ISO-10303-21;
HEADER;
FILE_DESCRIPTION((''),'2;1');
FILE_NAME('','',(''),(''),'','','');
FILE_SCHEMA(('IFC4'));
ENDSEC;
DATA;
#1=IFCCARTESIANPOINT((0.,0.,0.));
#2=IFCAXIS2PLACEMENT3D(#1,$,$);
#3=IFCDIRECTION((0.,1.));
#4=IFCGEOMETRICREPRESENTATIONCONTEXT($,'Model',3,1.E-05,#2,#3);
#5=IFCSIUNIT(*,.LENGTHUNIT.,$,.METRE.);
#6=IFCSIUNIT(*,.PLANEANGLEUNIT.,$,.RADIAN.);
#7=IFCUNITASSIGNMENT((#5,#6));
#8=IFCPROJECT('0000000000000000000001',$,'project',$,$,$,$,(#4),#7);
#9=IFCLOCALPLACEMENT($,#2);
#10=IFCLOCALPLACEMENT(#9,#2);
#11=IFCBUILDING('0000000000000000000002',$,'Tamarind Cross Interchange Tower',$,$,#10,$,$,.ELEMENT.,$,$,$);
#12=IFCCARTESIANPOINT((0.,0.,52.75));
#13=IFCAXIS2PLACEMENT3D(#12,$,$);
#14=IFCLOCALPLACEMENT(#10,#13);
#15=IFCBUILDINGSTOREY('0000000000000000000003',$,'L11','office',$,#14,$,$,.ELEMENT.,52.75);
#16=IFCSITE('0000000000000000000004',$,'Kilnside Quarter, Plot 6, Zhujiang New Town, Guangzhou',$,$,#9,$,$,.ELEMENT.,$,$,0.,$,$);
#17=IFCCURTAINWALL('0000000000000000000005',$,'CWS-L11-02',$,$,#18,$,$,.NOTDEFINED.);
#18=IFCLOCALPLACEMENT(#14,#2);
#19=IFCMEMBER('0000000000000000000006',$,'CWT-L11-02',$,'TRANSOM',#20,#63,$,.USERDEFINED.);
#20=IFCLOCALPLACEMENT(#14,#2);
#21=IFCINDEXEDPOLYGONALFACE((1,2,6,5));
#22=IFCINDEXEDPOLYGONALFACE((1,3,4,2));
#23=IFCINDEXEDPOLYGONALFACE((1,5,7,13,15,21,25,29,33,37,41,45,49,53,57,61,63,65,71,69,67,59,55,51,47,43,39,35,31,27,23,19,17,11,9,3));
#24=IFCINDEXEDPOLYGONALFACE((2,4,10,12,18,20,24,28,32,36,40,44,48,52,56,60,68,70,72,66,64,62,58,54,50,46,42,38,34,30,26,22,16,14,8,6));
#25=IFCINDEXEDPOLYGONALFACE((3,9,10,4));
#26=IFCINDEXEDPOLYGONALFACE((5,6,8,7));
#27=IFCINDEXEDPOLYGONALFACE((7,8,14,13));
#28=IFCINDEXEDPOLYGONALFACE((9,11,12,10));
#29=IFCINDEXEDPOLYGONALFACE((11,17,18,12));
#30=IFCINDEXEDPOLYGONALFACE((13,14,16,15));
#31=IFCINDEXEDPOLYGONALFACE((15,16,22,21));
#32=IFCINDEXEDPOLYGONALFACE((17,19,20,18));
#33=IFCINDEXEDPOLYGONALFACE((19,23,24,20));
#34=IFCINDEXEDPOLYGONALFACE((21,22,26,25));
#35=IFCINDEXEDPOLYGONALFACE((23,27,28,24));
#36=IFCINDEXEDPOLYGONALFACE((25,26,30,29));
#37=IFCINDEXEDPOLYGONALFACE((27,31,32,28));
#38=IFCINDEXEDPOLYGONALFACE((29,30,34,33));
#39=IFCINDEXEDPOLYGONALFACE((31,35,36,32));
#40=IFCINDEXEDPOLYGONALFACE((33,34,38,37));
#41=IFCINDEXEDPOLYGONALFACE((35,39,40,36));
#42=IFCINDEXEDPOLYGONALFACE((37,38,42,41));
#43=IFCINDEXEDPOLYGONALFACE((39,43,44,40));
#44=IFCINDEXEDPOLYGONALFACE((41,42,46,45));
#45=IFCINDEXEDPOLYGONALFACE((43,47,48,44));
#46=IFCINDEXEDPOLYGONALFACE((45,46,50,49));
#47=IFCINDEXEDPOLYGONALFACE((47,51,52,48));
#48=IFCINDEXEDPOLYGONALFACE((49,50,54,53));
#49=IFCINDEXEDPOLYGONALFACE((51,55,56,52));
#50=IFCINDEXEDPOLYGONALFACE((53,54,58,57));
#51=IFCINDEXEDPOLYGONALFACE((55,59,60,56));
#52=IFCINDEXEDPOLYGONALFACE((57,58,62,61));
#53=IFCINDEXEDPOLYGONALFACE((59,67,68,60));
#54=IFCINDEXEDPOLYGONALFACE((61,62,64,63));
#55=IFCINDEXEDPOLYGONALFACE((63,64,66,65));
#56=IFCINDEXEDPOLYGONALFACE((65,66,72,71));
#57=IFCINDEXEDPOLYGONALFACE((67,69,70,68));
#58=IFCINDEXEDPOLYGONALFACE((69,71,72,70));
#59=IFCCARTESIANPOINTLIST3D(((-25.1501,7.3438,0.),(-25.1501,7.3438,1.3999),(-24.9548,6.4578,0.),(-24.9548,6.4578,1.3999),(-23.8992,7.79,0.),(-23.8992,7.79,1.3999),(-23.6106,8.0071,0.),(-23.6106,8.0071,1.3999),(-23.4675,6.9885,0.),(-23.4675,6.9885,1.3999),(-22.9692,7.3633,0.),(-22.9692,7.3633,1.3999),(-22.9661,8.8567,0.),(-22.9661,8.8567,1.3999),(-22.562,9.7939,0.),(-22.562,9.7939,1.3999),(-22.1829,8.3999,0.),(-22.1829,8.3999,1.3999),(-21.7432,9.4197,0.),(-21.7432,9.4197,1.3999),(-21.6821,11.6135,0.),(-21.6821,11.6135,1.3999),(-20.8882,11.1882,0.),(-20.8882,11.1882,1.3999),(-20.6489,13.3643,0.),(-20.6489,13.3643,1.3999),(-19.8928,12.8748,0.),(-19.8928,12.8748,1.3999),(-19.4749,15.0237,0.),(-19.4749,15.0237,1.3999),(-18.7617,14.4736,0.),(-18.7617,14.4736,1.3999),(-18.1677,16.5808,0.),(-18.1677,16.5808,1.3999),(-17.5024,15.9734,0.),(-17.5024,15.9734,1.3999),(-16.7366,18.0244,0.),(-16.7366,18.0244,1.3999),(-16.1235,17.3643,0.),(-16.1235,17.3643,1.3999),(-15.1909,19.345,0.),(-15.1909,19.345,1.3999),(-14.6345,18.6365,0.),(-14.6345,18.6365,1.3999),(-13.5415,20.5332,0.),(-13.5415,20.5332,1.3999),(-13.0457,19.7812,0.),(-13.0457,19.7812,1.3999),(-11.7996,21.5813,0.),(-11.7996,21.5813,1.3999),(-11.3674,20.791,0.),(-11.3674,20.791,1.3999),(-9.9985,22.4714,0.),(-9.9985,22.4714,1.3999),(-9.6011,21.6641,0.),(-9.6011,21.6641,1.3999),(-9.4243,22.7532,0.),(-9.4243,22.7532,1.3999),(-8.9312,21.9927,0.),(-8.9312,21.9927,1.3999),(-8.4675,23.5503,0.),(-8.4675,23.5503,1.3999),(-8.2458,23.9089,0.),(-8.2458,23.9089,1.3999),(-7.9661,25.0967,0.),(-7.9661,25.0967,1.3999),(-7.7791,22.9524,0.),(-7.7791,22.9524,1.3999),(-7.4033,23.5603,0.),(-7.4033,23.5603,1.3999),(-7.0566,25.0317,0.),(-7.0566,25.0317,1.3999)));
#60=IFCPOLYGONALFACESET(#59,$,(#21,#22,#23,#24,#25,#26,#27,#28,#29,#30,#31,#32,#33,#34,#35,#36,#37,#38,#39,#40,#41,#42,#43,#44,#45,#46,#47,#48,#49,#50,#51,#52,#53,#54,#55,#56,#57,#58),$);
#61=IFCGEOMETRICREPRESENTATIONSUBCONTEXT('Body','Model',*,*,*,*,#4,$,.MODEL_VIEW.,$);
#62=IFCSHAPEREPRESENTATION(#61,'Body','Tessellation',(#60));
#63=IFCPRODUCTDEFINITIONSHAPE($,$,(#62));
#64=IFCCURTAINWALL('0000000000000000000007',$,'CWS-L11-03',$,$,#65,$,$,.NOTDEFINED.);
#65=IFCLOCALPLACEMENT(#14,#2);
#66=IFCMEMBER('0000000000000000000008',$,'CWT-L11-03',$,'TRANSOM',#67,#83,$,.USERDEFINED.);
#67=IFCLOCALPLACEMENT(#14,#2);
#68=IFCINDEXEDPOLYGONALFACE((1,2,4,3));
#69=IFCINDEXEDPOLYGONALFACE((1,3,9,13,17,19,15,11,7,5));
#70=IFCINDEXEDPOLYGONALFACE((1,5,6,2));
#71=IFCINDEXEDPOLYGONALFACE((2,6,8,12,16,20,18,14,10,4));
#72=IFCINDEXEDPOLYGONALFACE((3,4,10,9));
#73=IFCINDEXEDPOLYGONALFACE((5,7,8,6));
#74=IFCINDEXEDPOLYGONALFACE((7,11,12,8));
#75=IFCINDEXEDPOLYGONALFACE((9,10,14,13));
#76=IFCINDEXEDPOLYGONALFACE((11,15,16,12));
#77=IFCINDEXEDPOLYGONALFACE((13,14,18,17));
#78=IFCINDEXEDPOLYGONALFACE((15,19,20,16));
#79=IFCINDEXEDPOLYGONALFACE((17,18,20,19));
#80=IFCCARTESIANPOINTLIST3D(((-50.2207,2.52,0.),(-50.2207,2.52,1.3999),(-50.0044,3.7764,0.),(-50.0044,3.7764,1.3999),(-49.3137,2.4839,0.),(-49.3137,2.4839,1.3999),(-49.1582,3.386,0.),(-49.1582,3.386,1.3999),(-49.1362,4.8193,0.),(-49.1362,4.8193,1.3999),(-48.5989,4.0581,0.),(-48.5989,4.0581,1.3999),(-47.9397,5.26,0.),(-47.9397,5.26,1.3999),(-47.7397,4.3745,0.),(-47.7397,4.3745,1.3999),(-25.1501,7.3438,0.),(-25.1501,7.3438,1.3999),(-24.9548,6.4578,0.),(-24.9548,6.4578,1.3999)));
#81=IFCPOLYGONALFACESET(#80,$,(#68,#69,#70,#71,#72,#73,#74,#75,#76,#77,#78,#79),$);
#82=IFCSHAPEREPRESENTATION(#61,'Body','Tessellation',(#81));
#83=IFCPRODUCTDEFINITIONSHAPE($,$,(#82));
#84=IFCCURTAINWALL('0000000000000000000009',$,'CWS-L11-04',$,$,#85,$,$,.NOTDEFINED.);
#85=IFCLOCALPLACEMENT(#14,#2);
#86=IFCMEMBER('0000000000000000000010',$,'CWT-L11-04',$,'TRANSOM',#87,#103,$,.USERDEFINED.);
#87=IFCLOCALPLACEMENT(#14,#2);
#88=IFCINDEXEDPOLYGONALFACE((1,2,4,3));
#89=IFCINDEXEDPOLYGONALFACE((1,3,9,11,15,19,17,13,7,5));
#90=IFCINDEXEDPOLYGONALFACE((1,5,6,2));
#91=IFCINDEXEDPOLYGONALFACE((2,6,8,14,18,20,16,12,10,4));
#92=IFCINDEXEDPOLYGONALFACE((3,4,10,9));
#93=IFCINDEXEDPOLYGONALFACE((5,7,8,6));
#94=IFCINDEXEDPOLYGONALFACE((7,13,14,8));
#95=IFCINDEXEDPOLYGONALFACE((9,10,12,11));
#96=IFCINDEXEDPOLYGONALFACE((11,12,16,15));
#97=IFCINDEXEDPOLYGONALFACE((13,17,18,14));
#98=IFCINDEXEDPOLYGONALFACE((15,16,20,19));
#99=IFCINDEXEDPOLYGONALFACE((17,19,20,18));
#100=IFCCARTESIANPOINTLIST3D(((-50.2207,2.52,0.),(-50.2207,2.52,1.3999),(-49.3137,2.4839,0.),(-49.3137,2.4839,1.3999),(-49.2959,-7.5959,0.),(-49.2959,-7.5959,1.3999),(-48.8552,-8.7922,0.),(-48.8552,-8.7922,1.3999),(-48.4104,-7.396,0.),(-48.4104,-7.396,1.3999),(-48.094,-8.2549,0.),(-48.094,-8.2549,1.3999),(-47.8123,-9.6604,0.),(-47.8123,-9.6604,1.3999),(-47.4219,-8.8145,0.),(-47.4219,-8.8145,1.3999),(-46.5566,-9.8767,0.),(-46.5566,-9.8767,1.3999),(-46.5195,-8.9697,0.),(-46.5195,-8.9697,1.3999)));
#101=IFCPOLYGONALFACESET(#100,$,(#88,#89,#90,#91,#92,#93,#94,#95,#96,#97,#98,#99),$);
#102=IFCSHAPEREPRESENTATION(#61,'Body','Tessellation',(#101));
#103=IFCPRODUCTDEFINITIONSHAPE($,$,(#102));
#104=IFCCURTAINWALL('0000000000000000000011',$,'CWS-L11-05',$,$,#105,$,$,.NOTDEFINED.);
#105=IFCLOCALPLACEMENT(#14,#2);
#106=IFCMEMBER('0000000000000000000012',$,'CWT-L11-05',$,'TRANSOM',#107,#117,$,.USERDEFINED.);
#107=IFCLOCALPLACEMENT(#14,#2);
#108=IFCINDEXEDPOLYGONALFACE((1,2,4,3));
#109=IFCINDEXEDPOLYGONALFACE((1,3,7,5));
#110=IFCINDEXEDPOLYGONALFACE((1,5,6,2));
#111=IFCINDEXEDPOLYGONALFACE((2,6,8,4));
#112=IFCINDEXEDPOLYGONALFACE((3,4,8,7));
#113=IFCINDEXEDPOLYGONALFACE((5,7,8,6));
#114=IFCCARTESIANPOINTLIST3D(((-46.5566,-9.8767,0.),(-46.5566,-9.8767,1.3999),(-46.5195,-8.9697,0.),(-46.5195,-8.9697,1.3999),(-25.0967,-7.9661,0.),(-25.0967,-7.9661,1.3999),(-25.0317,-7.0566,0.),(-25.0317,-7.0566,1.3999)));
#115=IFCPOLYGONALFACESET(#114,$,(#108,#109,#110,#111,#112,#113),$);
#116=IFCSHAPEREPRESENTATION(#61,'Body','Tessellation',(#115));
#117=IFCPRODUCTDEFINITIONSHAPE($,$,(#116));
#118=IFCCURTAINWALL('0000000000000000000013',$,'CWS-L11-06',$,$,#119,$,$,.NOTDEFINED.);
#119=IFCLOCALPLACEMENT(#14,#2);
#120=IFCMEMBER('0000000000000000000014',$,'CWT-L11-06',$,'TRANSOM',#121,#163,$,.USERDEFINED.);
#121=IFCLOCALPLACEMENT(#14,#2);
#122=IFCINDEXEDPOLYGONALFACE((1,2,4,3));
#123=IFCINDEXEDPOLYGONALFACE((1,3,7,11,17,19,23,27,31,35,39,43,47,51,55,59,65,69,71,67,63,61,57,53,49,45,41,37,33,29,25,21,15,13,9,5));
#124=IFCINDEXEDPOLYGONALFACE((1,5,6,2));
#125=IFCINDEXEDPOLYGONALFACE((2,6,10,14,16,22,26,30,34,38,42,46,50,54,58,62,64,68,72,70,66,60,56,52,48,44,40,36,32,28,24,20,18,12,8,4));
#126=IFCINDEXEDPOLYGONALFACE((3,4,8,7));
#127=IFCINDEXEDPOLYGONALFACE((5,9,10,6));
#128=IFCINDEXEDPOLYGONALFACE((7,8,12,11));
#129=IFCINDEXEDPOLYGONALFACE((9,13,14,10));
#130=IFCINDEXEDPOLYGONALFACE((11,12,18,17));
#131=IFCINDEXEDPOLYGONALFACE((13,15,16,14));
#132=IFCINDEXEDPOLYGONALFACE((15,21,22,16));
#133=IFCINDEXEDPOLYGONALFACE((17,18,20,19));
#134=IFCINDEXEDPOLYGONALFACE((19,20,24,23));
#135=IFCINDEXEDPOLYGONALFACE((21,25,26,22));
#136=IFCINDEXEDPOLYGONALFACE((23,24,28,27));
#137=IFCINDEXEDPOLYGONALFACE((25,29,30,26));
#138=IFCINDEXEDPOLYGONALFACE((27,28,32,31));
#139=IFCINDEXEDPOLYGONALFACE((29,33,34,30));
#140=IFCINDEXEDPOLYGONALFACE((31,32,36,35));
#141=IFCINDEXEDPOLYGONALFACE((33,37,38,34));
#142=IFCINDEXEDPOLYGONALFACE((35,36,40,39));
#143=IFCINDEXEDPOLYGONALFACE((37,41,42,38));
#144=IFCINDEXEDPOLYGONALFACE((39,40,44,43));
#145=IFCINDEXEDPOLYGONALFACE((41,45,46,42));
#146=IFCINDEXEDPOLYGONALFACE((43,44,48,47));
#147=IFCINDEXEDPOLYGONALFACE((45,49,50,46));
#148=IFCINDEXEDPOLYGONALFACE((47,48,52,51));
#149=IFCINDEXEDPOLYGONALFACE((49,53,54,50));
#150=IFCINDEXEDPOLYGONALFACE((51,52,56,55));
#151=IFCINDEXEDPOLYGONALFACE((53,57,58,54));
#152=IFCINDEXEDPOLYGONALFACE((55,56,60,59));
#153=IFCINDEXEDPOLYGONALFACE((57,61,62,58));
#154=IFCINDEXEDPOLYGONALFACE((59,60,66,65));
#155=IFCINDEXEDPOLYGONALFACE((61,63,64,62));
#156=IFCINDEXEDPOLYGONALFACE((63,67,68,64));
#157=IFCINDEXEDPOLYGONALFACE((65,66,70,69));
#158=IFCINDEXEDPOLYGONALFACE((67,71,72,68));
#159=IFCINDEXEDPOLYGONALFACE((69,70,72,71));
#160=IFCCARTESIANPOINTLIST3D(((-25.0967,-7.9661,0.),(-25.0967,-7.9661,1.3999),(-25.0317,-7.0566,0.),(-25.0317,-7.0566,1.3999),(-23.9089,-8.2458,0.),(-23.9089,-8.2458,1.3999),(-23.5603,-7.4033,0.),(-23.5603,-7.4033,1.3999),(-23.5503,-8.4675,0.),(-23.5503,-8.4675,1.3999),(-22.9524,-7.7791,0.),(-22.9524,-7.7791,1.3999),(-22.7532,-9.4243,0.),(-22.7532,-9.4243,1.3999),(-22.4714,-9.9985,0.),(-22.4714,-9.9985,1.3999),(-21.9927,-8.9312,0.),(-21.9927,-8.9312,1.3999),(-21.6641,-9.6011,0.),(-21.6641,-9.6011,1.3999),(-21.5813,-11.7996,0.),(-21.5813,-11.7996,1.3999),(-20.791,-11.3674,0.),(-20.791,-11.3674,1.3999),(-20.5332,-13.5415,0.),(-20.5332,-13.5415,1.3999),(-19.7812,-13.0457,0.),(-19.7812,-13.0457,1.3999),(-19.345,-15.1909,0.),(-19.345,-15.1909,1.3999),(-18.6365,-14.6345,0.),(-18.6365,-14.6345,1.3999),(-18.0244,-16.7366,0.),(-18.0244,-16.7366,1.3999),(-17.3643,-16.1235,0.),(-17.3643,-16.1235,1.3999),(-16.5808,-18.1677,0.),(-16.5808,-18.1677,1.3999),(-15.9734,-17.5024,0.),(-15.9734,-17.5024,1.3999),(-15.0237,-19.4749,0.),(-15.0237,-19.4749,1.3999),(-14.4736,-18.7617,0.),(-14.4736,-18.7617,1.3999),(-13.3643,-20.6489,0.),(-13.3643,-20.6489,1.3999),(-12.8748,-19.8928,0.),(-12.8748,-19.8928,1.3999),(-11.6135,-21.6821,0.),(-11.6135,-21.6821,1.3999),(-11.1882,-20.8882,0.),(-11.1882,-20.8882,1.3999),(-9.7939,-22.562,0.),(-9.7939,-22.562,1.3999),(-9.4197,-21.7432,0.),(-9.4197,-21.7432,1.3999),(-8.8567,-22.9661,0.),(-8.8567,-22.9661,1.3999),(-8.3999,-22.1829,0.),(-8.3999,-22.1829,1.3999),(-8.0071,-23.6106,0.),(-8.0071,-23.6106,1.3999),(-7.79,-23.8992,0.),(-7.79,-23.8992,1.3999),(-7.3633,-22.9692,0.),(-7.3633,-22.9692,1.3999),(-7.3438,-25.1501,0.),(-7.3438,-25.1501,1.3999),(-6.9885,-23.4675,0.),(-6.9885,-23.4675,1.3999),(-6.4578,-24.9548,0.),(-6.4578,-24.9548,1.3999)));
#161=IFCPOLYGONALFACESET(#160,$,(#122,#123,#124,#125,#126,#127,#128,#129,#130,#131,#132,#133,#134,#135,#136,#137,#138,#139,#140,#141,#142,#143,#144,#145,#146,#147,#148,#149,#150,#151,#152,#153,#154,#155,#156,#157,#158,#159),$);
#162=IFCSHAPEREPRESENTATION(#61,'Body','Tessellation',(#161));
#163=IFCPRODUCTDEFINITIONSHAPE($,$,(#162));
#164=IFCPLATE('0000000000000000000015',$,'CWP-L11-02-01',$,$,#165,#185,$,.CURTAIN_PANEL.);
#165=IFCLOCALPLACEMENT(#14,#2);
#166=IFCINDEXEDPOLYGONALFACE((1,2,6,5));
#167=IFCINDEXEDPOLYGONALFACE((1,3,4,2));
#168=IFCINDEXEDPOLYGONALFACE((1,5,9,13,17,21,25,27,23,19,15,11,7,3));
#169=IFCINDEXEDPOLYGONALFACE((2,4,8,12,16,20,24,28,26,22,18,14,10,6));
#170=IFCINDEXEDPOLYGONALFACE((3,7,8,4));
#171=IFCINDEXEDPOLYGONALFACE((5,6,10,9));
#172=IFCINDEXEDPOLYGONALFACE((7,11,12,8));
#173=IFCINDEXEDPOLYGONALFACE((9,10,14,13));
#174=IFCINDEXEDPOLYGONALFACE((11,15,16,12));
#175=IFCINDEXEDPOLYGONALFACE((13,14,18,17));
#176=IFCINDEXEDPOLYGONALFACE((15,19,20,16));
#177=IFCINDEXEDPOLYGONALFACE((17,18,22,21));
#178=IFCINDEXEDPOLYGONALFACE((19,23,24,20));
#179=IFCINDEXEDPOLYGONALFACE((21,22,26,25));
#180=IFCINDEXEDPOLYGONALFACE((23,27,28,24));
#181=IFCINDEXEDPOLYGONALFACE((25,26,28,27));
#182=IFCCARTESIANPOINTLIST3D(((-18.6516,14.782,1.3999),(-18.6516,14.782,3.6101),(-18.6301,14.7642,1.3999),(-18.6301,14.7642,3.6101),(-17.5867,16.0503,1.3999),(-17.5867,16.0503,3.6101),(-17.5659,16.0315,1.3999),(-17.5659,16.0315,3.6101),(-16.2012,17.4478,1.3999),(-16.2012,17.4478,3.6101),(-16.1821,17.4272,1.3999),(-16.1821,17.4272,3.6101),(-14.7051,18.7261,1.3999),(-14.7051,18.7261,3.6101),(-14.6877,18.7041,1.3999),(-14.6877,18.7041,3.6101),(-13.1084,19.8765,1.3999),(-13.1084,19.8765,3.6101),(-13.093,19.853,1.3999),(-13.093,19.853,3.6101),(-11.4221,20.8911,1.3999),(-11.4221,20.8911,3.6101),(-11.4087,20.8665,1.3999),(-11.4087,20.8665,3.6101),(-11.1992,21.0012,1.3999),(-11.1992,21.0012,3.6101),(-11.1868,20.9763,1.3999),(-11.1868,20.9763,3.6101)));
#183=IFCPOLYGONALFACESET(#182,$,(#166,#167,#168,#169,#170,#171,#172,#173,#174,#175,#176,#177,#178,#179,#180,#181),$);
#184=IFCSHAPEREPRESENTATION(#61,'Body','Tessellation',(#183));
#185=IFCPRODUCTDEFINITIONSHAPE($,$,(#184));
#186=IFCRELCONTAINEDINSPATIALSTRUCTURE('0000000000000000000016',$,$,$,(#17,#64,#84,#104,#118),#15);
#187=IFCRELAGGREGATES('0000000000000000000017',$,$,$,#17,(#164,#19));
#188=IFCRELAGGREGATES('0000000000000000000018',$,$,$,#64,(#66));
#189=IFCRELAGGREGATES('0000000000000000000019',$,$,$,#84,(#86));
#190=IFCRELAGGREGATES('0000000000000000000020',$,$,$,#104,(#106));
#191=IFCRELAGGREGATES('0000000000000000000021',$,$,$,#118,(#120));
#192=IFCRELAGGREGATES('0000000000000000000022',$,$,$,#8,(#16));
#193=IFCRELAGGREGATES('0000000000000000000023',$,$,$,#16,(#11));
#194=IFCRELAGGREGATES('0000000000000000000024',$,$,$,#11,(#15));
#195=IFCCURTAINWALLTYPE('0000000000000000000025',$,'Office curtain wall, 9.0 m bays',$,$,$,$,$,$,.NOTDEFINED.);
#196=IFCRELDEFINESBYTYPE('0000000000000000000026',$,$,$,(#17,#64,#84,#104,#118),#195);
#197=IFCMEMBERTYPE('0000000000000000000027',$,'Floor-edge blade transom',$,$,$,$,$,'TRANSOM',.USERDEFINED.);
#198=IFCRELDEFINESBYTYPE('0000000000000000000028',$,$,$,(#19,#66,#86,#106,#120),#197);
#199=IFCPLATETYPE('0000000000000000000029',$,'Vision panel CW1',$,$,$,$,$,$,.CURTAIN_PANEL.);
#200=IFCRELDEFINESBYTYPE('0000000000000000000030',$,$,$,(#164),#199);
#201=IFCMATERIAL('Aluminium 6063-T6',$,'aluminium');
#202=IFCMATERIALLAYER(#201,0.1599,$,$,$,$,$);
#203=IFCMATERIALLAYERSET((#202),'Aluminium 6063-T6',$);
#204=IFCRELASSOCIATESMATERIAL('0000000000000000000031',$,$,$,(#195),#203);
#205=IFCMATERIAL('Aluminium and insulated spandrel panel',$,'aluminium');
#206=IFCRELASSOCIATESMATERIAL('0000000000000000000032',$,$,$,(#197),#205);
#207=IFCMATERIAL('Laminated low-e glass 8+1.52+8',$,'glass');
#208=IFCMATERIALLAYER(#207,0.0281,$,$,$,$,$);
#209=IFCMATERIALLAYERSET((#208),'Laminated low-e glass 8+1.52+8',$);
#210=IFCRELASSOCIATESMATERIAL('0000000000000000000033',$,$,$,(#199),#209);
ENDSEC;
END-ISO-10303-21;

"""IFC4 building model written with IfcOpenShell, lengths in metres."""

from ifc_helpers import new_model, si_unit, direction, frame, origin, place, context, subcontext, project, spatial, polyline, outline, extrude, material, layer, layer_set, type_object, element, aggregate, save


model = new_model("IFC4")

# Units and contexts
model_context = context("Model", 3, precision=1e-05, world=origin(), true_north=direction((0.0, 1.0)))
body_context = subcontext(model_context, "Body", "Model", "MODEL_VIEW")
ifc_project = project(units=[si_unit("LENGTHUNIT", "METRE"), si_unit("PLANEANGLEUNIT", "RADIAN")], contexts=[model_context])

# Site, building, storey
site_placement = place(None, origin())
site = spatial("IfcSite", under=ifc_project, at=site_placement, Name="Kilnside Quarter, Plot 6, Zhujiang New Town, Guangzhou", CompositionType="ELEMENT", RefElevation=0.0)
building_placement = place(site_placement, origin())
building = spatial("IfcBuilding", under=site, at=building_placement, Name="Tamarind Cross Interchange Tower", CompositionType="ELEMENT")
storey_placement = place(building_placement, frame((0.0, 0.0, 52.75)))
storey = spatial("IfcBuildingStorey", under=building, at=storey_placement, Name="L11", Description="office", CompositionType="ELEMENT", Elevation=52.75)

# Curtain walls, members
ifc_material_1 = material(Name="Aluminium 6063-T6", Category="aluminium")
ifc_layer_1 = layer(ifc_material_1, 0.1599)
ifc_layer_set_1 = layer_set([ifc_layer_1], Name="Aluminium 6063-T6")
curtain_wall_type = type_object("IfcCurtainWallType", Name="Office curtain wall, 9.0 m bays", PredefinedType="NOTDEFINED", material=ifc_layer_set_1)
curtain_wall_1_placement = place(storey_placement, origin())
curtain_wall_1 = element("IfcCurtainWall", 1, at=curtain_wall_1_placement, inside=storey, type_object=curtain_wall_type, Name="CWS-L11-02", PredefinedType="NOTDEFINED")
ifc_material_2 = material(Name="Aluminium and insulated spandrel panel", Category="aluminium")
member_type = type_object("IfcMemberType", Name="Floor-edge blade transom", ElementType="TRANSOM", PredefinedType="USERDEFINED", material=ifc_material_2)
member_1_placement = place(storey_placement, origin())
member_1 = element("IfcMember", 2, at=member_1_placement, type_object=member_type, Name="CWT-L11-02", ObjectType="TRANSOM", PredefinedType="USERDEFINED", context=body_context, shape_type="SweptSolid", body=[
    extrude(outline(polyline([(-7.0566, 25.0317), (-7.4033, 23.5603), (-7.7791, 22.9524), (-8.9312, 21.9927), (-9.6011, 21.6641), (-11.3674, 20.791), (-13.0457, 19.7812), (-14.6345, 18.6365), (-16.1235, 17.3643), (-17.5024, 15.9734), (-18.7617, 14.4736), (-19.8928, 12.8748), (-20.8882, 11.1882), (-21.7432, 9.4197), (-22.1829, 8.3999), (-22.9692, 7.3633), (-23.4675, 6.9885), (-24.9548, 6.4578), (-25.1501, 7.3438), (-23.8992, 7.79), (-23.6106, 8.0071), (-22.9661, 8.8567), (-22.562, 9.7939), (-21.6821, 11.6135), (-20.6489, 13.3643), (-19.4749, 15.0237), (-18.1677, 16.5808), (-16.7366, 18.0244), (-15.1909, 19.345), (-13.5415, 20.5332), (-11.7996, 21.5813), (-9.9985, 22.4714), (-9.4243, 22.7532), (-8.4675, 23.5503), (-8.2458, 23.9089), (-7.9661, 25.0967), (-7.0566, 25.0317)])), origin(), (0.0, 0.0, 1.0), 1.3999),
])
curtain_wall_2_placement = place(storey_placement, origin())
curtain_wall_2 = element("IfcCurtainWall", 3, at=curtain_wall_2_placement, inside=storey, type_object=curtain_wall_type, Name="CWS-L11-03", PredefinedType="NOTDEFINED")
member_2_placement = place(storey_placement, origin())
member_2 = element("IfcMember", 4, at=member_2_placement, type_object=member_type, Name="CWT-L11-03", ObjectType="TRANSOM", PredefinedType="USERDEFINED", context=body_context, shape_type="SweptSolid", body=[
    extrude(outline(polyline([(-24.9548, 6.4578), (-47.7397, 4.3745), (-48.5989, 4.0581), (-49.1582, 3.386), (-49.3137, 2.4839), (-50.2207, 2.52), (-50.0044, 3.7764), (-49.1362, 4.8193), (-47.9397, 5.26), (-25.1501, 7.3438), (-24.9548, 6.4578)])), origin(), (0.0, 0.0, 1.0), 1.3999),
])
curtain_wall_3_placement = place(storey_placement, origin())
curtain_wall_3 = element("IfcCurtainWall", 5, at=curtain_wall_3_placement, inside=storey, type_object=curtain_wall_type, Name="CWS-L11-04", PredefinedType="NOTDEFINED")
member_3_placement = place(storey_placement, origin())
member_3 = element("IfcMember", 6, at=member_3_placement, type_object=member_type, Name="CWT-L11-04", ObjectType="TRANSOM", PredefinedType="USERDEFINED", context=body_context, shape_type="SweptSolid", body=[
    extrude(outline(polyline([(-49.3137, 2.4839), (-48.4104, -7.396), (-48.094, -8.2549), (-47.4219, -8.8145), (-46.5195, -8.9697), (-46.5566, -9.8767), (-47.8123, -9.6604), (-48.8552, -8.7922), (-49.2959, -7.5959), (-50.2207, 2.52), (-49.3137, 2.4839)])), origin(), (0.0, 0.0, 1.0), 1.3999),
])
curtain_wall_4_placement = place(storey_placement, origin())
curtain_wall_4 = element("IfcCurtainWall", 7, at=curtain_wall_4_placement, inside=storey, type_object=curtain_wall_type, Name="CWS-L11-05", PredefinedType="NOTDEFINED")
member_4_placement = place(storey_placement, origin())
member_4 = element("IfcMember", 8, at=member_4_placement, type_object=member_type, Name="CWT-L11-05", ObjectType="TRANSOM", PredefinedType="USERDEFINED", context=body_context, shape_type="SweptSolid", body=[
    extrude(outline(polyline([(-46.5195, -8.9697), (-25.0317, -7.0566), (-25.0967, -7.9661), (-46.5566, -9.8767), (-46.5195, -8.9697)])), origin(), (0.0, 0.0, 1.0), 1.3999),
])
curtain_wall_5_placement = place(storey_placement, origin())
curtain_wall_5 = element("IfcCurtainWall", 9, at=curtain_wall_5_placement, inside=storey, type_object=curtain_wall_type, Name="CWS-L11-06", PredefinedType="NOTDEFINED")
member_5_placement = place(storey_placement, origin())
member_5 = element("IfcMember", 10, at=member_5_placement, type_object=member_type, Name="CWT-L11-06", ObjectType="TRANSOM", PredefinedType="USERDEFINED", context=body_context, shape_type="SweptSolid", body=[
    extrude(outline(polyline([(-25.0317, -7.0566), (-23.5603, -7.4033), (-22.9524, -7.7791), (-21.9927, -8.9312), (-21.6641, -9.6011), (-20.791, -11.3674), (-19.7812, -13.0457), (-18.6365, -14.6345), (-17.3643, -16.1235), (-15.9734, -17.5024), (-14.4736, -18.7617), (-12.8748, -19.8928), (-11.1882, -20.8882), (-9.4197, -21.7432), (-8.3999, -22.1829), (-7.3633, -22.9692), (-6.9885, -23.4675), (-6.4578, -24.9548), (-7.3438, -25.1501), (-7.79, -23.8992), (-8.0071, -23.6106), (-8.8567, -22.9661), (-9.7939, -22.562), (-11.6135, -21.6821), (-13.3643, -20.6489), (-15.0237, -19.4749), (-16.5808, -18.1677), (-18.0244, -16.7366), (-19.345, -15.1909), (-20.5332, -13.5415), (-21.5813, -11.7996), (-22.4714, -9.9985), (-22.7532, -9.4243), (-23.5503, -8.4675), (-23.9089, -8.2458), (-25.0967, -7.9661), (-25.0317, -7.0566)])), origin(), (0.0, 0.0, 1.0), 1.3999),
])

# Plate
ifc_material_3 = material(Name="Laminated low-e glass 8+1.52+8", Category="glass")
ifc_layer_2 = layer(ifc_material_3, 0.0281)
ifc_layer_set_2 = layer_set([ifc_layer_2], Name="Laminated low-e glass 8+1.52+8")
plate_type = type_object("IfcPlateType", Name="Vision panel CW1", PredefinedType="CURTAIN_PANEL", material=ifc_layer_set_2)
plate_1_placement = place(storey_placement, frame((0.0, 0.0, 1.3999)))
plate_1 = element("IfcPlate", 11, at=plate_1_placement, type_object=plate_type, Name="CWP-L11-02-01", PredefinedType="CURTAIN_PANEL", context=body_context, shape_type="SweptSolid", body=[
    extrude(outline(polyline([(-11.1868, 20.9763), (-11.4087, 20.8665), (-13.093, 19.853), (-14.6877, 18.7041), (-16.1821, 17.4272), (-17.5659, 16.0315), (-18.6301, 14.7642), (-18.6516, 14.782), (-17.5867, 16.0503), (-16.2012, 17.4478), (-14.7051, 18.7261), (-13.1084, 19.8765), (-11.4221, 20.8911), (-11.1992, 21.0012), (-11.1868, 20.9763)])), origin(), (0.0, 0.0, 1.0), 2.2102),
])
aggregate(curtain_wall_1, [plate_1, member_1])
aggregate(curtain_wall_2, [member_2])
aggregate(curtain_wall_3, [member_3])
aggregate(curtain_wall_4, [member_4])
aggregate(curtain_wall_5, [member_5])

save(model, "model.ifc")
